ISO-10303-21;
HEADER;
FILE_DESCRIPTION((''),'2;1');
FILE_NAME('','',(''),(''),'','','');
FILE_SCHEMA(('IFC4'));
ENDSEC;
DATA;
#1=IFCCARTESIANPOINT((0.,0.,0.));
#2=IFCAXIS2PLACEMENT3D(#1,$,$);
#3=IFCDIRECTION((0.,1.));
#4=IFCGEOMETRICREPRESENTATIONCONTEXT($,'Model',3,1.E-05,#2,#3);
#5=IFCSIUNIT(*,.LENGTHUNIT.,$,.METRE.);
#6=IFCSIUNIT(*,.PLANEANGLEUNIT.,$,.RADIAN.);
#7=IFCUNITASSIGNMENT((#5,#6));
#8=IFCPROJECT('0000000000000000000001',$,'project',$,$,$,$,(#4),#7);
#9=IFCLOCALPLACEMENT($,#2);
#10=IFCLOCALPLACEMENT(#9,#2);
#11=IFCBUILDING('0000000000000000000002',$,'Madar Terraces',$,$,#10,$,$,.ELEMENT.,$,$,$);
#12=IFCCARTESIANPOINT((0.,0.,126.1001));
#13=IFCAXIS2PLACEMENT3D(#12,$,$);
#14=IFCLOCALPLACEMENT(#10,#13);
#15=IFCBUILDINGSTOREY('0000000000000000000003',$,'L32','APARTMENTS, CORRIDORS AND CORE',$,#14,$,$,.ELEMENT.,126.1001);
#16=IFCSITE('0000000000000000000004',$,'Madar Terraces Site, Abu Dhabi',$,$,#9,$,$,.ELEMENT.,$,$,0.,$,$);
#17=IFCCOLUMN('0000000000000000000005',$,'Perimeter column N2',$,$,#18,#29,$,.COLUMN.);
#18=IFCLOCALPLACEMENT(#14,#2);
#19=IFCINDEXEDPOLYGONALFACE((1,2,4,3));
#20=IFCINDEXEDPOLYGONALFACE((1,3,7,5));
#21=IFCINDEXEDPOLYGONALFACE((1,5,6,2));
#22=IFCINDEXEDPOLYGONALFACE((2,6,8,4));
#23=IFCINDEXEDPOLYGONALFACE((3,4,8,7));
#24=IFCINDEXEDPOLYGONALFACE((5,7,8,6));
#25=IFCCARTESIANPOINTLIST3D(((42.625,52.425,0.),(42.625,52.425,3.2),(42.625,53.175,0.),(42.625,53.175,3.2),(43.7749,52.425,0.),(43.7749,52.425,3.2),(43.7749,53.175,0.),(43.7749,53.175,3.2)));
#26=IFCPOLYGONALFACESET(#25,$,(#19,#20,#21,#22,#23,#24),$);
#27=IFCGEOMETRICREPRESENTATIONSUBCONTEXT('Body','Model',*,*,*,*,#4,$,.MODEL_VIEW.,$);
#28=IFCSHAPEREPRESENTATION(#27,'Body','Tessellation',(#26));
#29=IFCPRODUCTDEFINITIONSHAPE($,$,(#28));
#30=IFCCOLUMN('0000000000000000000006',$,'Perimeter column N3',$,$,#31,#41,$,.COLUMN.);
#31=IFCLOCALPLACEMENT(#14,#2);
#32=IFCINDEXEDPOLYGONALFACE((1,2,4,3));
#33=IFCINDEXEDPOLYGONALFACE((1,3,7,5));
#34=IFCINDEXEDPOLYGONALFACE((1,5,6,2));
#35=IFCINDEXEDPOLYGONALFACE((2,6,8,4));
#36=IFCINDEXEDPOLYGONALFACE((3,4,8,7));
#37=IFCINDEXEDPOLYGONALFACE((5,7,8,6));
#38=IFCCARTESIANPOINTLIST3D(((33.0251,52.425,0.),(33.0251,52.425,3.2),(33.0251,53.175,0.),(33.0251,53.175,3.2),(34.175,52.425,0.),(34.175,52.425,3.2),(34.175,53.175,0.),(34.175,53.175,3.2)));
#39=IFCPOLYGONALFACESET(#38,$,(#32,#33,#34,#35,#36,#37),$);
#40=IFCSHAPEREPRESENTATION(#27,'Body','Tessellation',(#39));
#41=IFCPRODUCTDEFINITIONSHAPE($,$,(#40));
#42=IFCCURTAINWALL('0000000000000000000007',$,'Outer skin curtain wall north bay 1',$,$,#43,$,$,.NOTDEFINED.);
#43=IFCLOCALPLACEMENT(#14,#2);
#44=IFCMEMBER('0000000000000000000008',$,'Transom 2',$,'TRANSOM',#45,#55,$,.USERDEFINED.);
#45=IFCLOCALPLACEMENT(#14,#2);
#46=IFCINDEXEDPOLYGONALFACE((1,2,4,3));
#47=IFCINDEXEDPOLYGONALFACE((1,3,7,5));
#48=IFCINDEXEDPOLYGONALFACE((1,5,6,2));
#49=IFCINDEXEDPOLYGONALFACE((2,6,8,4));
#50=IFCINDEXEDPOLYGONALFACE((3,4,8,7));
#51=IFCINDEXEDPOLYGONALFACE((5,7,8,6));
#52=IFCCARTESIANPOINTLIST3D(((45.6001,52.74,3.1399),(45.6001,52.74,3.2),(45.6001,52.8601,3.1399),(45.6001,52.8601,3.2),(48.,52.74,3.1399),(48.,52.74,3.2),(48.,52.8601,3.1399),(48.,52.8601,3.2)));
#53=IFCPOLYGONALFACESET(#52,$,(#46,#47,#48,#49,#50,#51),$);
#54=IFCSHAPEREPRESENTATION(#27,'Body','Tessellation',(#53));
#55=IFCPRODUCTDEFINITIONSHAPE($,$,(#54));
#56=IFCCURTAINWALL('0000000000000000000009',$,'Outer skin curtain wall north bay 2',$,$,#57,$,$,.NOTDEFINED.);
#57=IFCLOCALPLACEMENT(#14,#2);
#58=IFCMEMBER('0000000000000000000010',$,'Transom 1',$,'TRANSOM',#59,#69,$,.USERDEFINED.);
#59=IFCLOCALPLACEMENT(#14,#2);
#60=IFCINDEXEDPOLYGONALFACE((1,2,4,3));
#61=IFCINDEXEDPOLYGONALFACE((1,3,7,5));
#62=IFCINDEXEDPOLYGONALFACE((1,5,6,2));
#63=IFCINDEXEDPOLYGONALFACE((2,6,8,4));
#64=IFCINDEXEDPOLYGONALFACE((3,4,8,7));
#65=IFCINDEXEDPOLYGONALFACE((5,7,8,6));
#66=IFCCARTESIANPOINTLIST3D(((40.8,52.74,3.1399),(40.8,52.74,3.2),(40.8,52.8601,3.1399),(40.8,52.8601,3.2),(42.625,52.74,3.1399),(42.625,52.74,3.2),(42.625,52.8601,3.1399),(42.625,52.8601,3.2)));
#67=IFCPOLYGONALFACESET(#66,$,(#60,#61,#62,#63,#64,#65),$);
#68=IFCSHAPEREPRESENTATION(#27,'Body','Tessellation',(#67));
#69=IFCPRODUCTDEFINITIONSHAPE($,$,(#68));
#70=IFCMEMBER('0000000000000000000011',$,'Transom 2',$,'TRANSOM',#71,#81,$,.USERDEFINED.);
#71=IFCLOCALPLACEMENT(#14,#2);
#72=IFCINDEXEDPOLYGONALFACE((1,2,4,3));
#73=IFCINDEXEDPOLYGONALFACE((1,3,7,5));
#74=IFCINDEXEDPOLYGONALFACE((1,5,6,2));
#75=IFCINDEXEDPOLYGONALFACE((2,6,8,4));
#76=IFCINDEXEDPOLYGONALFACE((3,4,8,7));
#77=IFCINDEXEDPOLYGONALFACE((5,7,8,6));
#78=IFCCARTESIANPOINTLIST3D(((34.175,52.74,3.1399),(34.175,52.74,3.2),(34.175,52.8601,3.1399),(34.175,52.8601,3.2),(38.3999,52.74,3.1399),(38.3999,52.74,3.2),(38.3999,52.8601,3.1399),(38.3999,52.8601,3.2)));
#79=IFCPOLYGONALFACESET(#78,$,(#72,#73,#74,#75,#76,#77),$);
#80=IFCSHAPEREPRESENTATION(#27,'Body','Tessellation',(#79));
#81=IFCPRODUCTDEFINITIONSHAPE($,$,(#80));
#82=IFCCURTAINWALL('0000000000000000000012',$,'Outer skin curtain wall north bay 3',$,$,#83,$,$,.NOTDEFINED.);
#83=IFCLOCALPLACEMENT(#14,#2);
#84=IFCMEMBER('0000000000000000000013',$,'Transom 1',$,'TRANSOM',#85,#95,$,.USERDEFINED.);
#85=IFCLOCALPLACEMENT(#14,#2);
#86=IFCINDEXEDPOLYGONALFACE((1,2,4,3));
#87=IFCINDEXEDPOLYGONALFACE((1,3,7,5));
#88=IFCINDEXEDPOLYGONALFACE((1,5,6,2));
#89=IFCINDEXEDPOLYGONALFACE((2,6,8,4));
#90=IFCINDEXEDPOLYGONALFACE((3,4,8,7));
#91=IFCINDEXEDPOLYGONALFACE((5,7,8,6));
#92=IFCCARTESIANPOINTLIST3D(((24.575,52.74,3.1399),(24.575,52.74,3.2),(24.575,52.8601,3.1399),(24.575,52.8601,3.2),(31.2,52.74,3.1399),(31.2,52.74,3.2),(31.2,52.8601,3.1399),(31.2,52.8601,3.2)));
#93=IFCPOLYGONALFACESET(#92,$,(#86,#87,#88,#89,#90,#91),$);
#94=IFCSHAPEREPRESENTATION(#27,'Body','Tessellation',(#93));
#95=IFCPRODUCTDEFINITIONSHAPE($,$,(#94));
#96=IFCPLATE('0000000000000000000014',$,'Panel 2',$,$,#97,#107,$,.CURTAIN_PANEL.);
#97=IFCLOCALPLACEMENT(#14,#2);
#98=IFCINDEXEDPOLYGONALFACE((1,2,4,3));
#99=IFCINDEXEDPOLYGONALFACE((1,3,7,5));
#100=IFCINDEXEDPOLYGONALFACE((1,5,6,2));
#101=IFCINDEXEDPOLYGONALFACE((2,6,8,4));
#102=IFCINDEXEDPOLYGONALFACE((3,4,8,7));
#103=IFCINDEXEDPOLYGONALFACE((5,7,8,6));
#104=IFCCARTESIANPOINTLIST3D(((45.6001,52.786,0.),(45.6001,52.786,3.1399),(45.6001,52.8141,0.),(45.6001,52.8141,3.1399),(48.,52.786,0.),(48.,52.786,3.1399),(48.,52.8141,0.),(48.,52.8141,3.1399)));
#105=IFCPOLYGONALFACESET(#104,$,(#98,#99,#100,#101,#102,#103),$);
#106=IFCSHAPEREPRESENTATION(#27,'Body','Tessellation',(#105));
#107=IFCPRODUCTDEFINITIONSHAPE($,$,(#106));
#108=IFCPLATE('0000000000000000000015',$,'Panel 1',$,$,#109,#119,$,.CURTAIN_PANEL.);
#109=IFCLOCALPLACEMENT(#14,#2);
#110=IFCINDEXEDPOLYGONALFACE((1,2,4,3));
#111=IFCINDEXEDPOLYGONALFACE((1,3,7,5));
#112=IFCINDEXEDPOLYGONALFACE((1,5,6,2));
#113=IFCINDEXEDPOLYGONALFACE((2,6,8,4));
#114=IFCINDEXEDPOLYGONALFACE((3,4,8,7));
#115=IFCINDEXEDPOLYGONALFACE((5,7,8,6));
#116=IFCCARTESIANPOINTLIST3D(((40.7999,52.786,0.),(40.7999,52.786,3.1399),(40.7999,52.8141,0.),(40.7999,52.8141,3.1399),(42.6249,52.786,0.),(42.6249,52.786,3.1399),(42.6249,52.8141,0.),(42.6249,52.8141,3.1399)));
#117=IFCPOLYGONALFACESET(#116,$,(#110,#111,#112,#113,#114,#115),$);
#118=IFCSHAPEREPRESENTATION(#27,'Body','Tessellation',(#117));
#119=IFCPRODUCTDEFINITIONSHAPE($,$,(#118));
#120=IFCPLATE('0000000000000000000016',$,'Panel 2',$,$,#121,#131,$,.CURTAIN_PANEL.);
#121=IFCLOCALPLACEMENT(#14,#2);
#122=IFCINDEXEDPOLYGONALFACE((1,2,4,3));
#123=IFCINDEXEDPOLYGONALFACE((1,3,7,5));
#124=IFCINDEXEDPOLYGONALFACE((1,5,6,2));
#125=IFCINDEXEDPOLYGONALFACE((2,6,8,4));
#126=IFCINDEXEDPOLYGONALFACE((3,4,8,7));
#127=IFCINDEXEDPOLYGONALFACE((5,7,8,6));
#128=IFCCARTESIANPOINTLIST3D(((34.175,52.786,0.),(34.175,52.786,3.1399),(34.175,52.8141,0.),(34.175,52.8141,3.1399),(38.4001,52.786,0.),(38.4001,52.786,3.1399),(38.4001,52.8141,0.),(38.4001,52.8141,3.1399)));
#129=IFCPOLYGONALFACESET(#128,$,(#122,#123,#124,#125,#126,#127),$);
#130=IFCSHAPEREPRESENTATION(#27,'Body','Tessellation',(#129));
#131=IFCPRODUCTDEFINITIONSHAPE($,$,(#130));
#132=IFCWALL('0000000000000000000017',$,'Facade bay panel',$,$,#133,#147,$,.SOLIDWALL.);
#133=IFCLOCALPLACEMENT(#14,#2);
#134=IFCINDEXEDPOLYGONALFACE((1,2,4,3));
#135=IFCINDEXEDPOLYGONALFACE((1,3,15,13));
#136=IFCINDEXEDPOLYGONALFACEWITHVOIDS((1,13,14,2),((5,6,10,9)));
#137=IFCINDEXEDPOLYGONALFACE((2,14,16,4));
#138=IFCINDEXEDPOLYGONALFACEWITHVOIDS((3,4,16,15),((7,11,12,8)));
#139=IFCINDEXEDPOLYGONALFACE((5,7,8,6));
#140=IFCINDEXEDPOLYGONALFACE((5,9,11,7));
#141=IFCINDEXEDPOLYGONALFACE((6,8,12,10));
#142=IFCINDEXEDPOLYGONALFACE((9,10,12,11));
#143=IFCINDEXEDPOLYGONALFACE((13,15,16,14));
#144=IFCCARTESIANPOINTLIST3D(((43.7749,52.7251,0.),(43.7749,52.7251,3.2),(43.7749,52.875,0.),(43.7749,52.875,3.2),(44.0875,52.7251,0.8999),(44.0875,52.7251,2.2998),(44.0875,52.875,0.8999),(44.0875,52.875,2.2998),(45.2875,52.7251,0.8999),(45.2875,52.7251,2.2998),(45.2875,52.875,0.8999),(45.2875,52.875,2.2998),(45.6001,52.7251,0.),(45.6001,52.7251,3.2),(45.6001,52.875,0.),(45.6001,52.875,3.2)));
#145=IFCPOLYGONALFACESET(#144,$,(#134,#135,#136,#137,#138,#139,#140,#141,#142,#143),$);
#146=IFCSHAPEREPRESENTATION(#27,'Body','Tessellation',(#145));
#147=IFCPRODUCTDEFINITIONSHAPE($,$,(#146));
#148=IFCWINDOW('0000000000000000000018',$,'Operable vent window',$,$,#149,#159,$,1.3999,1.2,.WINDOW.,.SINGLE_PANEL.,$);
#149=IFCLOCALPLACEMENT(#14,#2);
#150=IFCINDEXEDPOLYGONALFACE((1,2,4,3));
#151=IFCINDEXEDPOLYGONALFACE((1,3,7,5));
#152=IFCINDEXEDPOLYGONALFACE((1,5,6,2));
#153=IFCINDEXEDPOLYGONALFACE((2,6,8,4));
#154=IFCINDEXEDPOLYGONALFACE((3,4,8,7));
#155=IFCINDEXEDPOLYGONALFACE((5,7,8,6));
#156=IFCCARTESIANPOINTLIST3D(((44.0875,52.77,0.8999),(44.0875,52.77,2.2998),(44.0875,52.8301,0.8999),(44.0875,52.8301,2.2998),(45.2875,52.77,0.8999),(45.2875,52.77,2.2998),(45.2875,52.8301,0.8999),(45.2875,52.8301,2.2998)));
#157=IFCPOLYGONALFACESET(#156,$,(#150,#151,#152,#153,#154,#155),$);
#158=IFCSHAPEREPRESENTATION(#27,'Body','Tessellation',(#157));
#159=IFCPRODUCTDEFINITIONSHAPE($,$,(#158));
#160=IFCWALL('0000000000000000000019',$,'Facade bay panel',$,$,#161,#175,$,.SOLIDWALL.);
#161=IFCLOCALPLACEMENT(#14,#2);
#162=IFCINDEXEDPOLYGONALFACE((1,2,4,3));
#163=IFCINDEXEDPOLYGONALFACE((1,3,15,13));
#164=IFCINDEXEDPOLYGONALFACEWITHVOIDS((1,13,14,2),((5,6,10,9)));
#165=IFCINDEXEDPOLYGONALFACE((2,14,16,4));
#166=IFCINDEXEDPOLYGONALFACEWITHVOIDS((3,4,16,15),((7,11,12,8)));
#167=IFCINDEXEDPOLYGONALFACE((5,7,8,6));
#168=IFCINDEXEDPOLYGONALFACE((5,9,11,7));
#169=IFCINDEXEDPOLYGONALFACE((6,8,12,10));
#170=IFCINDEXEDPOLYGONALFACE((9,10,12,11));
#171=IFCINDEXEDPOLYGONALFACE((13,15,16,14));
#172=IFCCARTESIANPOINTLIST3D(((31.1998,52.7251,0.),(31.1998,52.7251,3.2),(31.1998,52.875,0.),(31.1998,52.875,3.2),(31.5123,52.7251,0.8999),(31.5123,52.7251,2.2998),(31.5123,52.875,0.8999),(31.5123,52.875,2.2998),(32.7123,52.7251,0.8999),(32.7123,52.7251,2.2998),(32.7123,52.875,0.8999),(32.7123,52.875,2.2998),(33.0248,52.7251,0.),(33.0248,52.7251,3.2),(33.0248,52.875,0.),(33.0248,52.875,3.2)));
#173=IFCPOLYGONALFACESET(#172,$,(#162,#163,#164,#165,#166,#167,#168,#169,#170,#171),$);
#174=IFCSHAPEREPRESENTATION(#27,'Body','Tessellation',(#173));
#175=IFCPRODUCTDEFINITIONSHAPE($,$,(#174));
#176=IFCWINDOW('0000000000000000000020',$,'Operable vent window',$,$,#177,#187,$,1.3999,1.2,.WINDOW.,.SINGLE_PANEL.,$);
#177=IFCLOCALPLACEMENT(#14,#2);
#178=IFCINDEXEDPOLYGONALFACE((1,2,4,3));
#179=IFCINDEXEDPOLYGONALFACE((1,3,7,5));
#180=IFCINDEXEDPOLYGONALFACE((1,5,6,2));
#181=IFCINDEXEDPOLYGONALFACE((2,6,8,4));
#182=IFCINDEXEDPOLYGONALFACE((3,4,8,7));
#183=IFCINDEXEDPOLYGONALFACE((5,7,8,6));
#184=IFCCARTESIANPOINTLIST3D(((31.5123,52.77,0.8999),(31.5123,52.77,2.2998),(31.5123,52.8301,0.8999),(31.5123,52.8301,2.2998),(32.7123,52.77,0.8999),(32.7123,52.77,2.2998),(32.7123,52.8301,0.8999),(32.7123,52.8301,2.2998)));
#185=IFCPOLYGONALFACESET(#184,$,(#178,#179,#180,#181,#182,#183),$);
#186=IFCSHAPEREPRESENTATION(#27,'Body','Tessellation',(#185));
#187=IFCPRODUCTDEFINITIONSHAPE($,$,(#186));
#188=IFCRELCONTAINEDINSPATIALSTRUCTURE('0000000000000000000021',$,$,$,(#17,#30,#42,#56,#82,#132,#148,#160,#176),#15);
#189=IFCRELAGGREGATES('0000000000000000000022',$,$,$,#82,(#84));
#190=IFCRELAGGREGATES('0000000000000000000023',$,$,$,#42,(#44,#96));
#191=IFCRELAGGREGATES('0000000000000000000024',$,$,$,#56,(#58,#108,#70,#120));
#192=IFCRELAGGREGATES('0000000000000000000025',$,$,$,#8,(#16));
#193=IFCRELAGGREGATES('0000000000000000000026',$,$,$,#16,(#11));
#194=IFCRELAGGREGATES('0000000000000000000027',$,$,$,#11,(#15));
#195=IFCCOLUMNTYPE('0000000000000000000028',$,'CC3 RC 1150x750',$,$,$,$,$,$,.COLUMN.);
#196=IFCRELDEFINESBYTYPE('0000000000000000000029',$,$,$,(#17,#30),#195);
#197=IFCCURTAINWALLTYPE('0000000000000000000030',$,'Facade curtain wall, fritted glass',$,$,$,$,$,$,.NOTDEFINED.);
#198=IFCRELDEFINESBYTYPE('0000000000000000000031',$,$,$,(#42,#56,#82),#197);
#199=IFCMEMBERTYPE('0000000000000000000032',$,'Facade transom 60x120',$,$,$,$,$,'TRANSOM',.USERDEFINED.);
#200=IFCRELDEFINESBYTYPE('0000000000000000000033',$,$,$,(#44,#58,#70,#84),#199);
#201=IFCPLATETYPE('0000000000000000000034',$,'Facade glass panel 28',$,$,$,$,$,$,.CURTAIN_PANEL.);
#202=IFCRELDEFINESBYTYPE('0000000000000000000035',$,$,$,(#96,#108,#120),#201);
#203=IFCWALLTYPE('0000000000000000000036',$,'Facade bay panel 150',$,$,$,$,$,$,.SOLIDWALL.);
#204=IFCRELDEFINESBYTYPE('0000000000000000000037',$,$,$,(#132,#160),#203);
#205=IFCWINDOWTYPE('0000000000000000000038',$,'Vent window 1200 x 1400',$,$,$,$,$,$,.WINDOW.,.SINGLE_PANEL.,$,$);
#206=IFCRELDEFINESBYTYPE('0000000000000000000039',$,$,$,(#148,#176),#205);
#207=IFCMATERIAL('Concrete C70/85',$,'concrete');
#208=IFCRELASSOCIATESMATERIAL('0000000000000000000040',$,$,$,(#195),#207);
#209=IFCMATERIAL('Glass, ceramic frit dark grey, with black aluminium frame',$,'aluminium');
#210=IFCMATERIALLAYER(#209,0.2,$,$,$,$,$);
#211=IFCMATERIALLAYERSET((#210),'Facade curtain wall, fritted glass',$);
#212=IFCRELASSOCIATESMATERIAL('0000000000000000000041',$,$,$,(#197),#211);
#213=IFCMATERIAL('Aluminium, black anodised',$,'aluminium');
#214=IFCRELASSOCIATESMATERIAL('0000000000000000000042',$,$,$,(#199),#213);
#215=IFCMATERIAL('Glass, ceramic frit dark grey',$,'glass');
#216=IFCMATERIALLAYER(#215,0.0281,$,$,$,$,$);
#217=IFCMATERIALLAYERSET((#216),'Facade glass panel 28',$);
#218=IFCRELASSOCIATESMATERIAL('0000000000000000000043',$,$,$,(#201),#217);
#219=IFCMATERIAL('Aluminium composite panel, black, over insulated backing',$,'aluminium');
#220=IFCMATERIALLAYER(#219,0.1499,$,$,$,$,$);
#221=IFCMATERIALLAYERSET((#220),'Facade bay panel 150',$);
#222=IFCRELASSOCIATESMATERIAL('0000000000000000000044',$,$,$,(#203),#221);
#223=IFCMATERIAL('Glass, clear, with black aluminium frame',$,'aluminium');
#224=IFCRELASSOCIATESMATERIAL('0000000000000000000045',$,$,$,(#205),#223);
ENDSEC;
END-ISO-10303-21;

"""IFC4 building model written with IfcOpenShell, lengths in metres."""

from ifc_helpers import new_model, si_unit, direction, frame, frame_2d, origin, origin_2d, place, context, subcontext, project, spatial, rectangle, extrude, material, layer, layer_set, material_profile, profile_set, type_object, element, fill, aggregate, save


model = new_model("IFC4")

# Units and contexts
model_context = context("Model", 3, precision=1e-05, world=origin(), true_north=direction((0.0, 1.0)))
body_context = subcontext(model_context, "Body", "Model", "MODEL_VIEW")
ifc_project = project(units=[si_unit("LENGTHUNIT", "METRE"), si_unit("PLANEANGLEUNIT", "RADIAN")], contexts=[model_context])

# Site, building, storey
site_placement = place(None, origin())
site = spatial("IfcSite", under=ifc_project, at=site_placement, Name="Madar Terraces Site, Abu Dhabi", CompositionType="ELEMENT", RefElevation=0.0)
building_placement = place(site_placement, origin())
building = spatial("IfcBuilding", under=site, at=building_placement, Name="Madar Terraces", CompositionType="ELEMENT")
storey_placement = place(building_placement, frame((0.0, 0.0, 126.1001)))
storey = spatial("IfcBuildingStorey", under=building, at=storey_placement, Name="L32", Description="APARTMENTS, CORRIDORS AND CORE", CompositionType="ELEMENT", Elevation=126.1001)

# Columns
ifc_material_1 = material(Name="Concrete C70/85", Category="concrete")
ifc_material_profile_1 = material_profile(ifc_material_1, rectangle(XDim=1.1499, YDim=0.75, at=origin_2d()), Name="CC3 RC 1150x750")
ifc_profile_set_1 = profile_set([ifc_material_profile_1], Name="Concrete C70/85")
column_type = type_object("IfcColumnType", Name="CC3 RC 1150x750", PredefinedType="COLUMN", material=ifc_profile_set_1)
for number, where, z_axis, x_axis, name in (
    (1, (43.2, 52.8, 0.0), (0.0, 0.0, 1.0), (1.0, 0.0, 0.0), "Perimeter column N2"),
    (2, (33.6001, 52.8, 0.0), (0.0, 0.0, 1.0), (1.0, 0.0, 0.0), "Perimeter column N3"),
):
    element("IfcColumn", number, at=place(storey_placement, frame(where, z_axis=z_axis, x_axis=x_axis)), inside=storey, type_object=column_type, Name=name, PredefinedType="COLUMN", context=body_context, shape_type="SweptSolid", body=[
        extrude(rectangle(XDim=1.1499, YDim=0.75, at=origin_2d()), origin(), (0.0, 0.0, 1.0), 3.2),
    ])

# Curtain wall, member
ifc_material_2 = material(Name="Glass, ceramic frit dark grey, with black aluminium frame", Category="aluminium")
ifc_layer_1 = layer(ifc_material_2, 0.2)
ifc_layer_set_1 = layer_set([ifc_layer_1], Name="Facade curtain wall, fritted glass")
curtain_wall_type = type_object("IfcCurtainWallType", Name="Facade curtain wall, fritted glass", PredefinedType="NOTDEFINED", material=ifc_layer_set_1)
curtain_wall_1_placement = place(storey_placement, origin())
curtain_wall_1 = element("IfcCurtainWall", 3, at=curtain_wall_1_placement, inside=storey, type_object=curtain_wall_type, Name="Outer skin curtain wall north bay 1", PredefinedType="NOTDEFINED")
ifc_material_3 = material(Name="Aluminium, black anodised", Category="aluminium")
ifc_material_profile_2 = material_profile(ifc_material_3, rectangle(XDim=0.1201, YDim=0.0601, at=origin_2d()), Name="Facade transom 60x120")
ifc_profile_set_2 = profile_set([ifc_material_profile_2], Name="Aluminium, black anodised")
member_type = type_object("IfcMemberType", Name="Facade transom 60x120", ElementType="TRANSOM", PredefinedType="USERDEFINED", material=ifc_profile_set_2)
member_1_placement = place(storey_placement, frame((48.0, 52.8, 3.1699), z_axis=(-1.0, 0.0, 0.0), x_axis=(0.0, -1.0, 0.0)))
member_1 = element("IfcMember", 4, at=member_1_placement, type_object=member_type, Name="Transom 2", ObjectType="TRANSOM", PredefinedType="USERDEFINED", context=body_context, shape_type="SweptSolid", body=[
    extrude(rectangle(XDim=0.1201, YDim=0.0601, at=origin_2d()), origin(), (0.0, 0.0, 1.0), 2.3999),
])

# Curtain wall, members
curtain_wall_2_placement = place(storey_placement, origin())
curtain_wall_2 = element("IfcCurtainWall", 5, at=curtain_wall_2_placement, inside=storey, type_object=curtain_wall_type, Name="Outer skin curtain wall north bay 2", PredefinedType="NOTDEFINED")
member_2_placement = place(storey_placement, frame((42.625, 52.8, 3.1699), z_axis=(-1.0, 0.0, 0.0), x_axis=(0.0, -1.0, 0.0)))
member_2 = element("IfcMember", 6, at=member_2_placement, type_object=member_type, Name="Transom 1", ObjectType="TRANSOM", PredefinedType="USERDEFINED", context=body_context, shape_type="SweptSolid", body=[
    extrude(rectangle(XDim=0.1201, YDim=0.0601, at=origin_2d()), origin(), (0.0, 0.0, 1.0), 1.825),
])
member_3_placement = place(storey_placement, frame((38.3999, 52.8, 3.1699), z_axis=(-1.0, 0.0, 0.0), x_axis=(0.0, -1.0, 0.0)))
member_3 = element("IfcMember", 7, at=member_3_placement, type_object=member_type, Name="Transom 2", ObjectType="TRANSOM", PredefinedType="USERDEFINED", context=body_context, shape_type="SweptSolid", body=[
    extrude(rectangle(XDim=0.1201, YDim=0.0601, at=origin_2d()), origin(), (0.0, 0.0, 1.0), 4.2249),
])

# Curtain wall, member
curtain_wall_3_placement = place(storey_placement, origin())
curtain_wall_3 = element("IfcCurtainWall", 8, at=curtain_wall_3_placement, inside=storey, type_object=curtain_wall_type, Name="Outer skin curtain wall north bay 3", PredefinedType="NOTDEFINED")
member_4_placement = place(storey_placement, frame((31.2, 52.8, 3.1699), z_axis=(-1.0, 0.0, 0.0), x_axis=(0.0, -1.0, 0.0)))
member_4 = element("IfcMember", 9, at=member_4_placement, type_object=member_type, Name="Transom 1", ObjectType="TRANSOM", PredefinedType="USERDEFINED", context=body_context, shape_type="SweptSolid", body=[
    extrude(rectangle(XDim=0.1201, YDim=0.0601, at=origin_2d()), origin(), (0.0, 0.0, 1.0), 6.625),
])
aggregate(curtain_wall_3, [member_4])

# Plates
ifc_material_4 = material(Name="Glass, ceramic frit dark grey", Category="glass")
ifc_layer_2 = layer(ifc_material_4, 0.0281)
ifc_layer_set_2 = layer_set([ifc_layer_2], Name="Facade glass panel 28")
plate_type = type_object("IfcPlateType", Name="Facade glass panel 28", PredefinedType="CURTAIN_PANEL", material=ifc_layer_set_2)
plate_1_placement = place(storey_placement, frame((46.8, 52.8, 0.0), z_axis=(0.0, 0.0, 1.0), x_axis=(-1.0, 0.0, 0.0)))
plate_1 = element("IfcPlate", 10, at=plate_1_placement, type_object=plate_type, Name="Panel 2", PredefinedType="CURTAIN_PANEL", context=body_context, shape_type="SweptSolid", body=[
    extrude(rectangle(XDim=2.3999, YDim=0.0281, at=origin_2d()), origin(), (0.0, 0.0, 1.0), 3.1399),
])
aggregate(curtain_wall_1, [member_1, plate_1])
plate_2_placement = place(storey_placement, frame((41.7124, 52.8, 0.0), z_axis=(0.0, 0.0, 1.0), x_axis=(-1.0, 0.0, 0.0)))
plate_2 = element("IfcPlate", 11, at=plate_2_placement, type_object=plate_type, Name="Panel 1", PredefinedType="CURTAIN_PANEL", context=body_context, shape_type="SweptSolid", body=[
    extrude(rectangle(XDim=1.825, YDim=0.0281, at=origin_2d()), origin(), (0.0, 0.0, 1.0), 3.1399),
])
plate_3_placement = place(storey_placement, frame((36.2876, 52.8, 0.0), z_axis=(0.0, 0.0, 1.0), x_axis=(-1.0, 0.0, 0.0)))
plate_3 = element("IfcPlate", 12, at=plate_3_placement, type_object=plate_type, Name="Panel 2", PredefinedType="CURTAIN_PANEL", context=body_context, shape_type="SweptSolid", body=[
    extrude(rectangle(XDim=4.2251, YDim=0.0281, at=origin_2d()), origin(), (0.0, 0.0, 1.0), 3.1399),
])
aggregate(curtain_wall_2, [member_2, plate_2, member_3, plate_3])

# Wall, opening, window
ifc_material_5 = material(Name="Aluminium composite panel, black, over insulated backing", Category="aluminium")
ifc_layer_3 = layer(ifc_material_5, 0.1499)
ifc_layer_set_3 = layer_set([ifc_layer_3], Name="Facade bay panel 150")
wall_type_1 = type_object("IfcWallType", Name="Facade bay panel 150", PredefinedType="SOLIDWALL", material=ifc_layer_set_3)
wall_1_placement = place(storey_placement, frame((45.6001, 52.8, 0.0), z_axis=(0.0, 0.0, 1.0), x_axis=(-1.0, 0.0, 0.0)))
wall_1 = element("IfcWall", 13, at=wall_1_placement, inside=storey, type_object=wall_type_1, Name="Facade bay panel", PredefinedType="SOLIDWALL", context=body_context, shape_type="SweptSolid", body=[
    extrude(rectangle(XDim=1.8252, YDim=0.1499, at=frame_2d((0.9126, 0.0))), origin(), (0.0, 0.0, 1.0), 3.2),
])
opening_1_placement = place(wall_1_placement, frame((0.3125, 0.0, 0.8999)))
opening_1 = element("IfcOpeningElement", 14, at=opening_1_placement, cuts=wall_1, PredefinedType="OPENING", context=body_context, shape_type="SweptSolid", body=[
    extrude(rectangle(XDim=1.2, YDim=1.3999, at=frame_2d((0.6001, 0.7))), frame((0.0, 0.085, 0.0), z_axis=(0.0, -1.0, 0.0), x_axis=(1.0, 0.0, 0.0)), (0.0, 0.0, 1.0), 0.1699),
])
ifc_material_6 = material(Name="Glass, clear, with black aluminium frame", Category="aluminium")
window_type = type_object("IfcWindowType", Name="Vent window 1200 x 1400", PartitioningType="SINGLE_PANEL", PredefinedType="WINDOW", material=ifc_material_6)
window_1_placement = place(opening_1_placement, origin())
window_1 = element("IfcWindow", 15, at=window_1_placement, inside=storey, type_object=window_type, Name="Operable vent window", OverallHeight=1.3999, OverallWidth=1.2, PartitioningType="SINGLE_PANEL", PredefinedType="WINDOW", context=body_context, shape_type="SweptSolid", body=[
    extrude(rectangle(XDim=1.2, YDim=1.3999, at=frame_2d((0.6001, 0.7))), frame((0.0, 0.03, 0.0), z_axis=(0.0, -1.0, 0.0), x_axis=(1.0, 0.0, 0.0)), (0.0, 0.0, 1.0), 0.0601),
])
fill(opening_1, window_1)

# Wall, opening, window
wall_2_placement = place(storey_placement, frame((33.0249, 52.8, 0.0), z_axis=(0.0, 0.0, 1.0), x_axis=(-1.0, 0.0, 0.0)))
wall_2 = element("IfcWall", 16, at=wall_2_placement, inside=storey, type_object=wall_type_1, Name="Facade bay panel", PredefinedType="SOLIDWALL", context=body_context, shape_type="SweptSolid", body=[
    extrude(rectangle(XDim=1.825, YDim=0.1499, at=frame_2d((0.9126, 0.0))), origin(), (0.0, 0.0, 1.0), 3.2),
])
opening_2_placement = place(wall_2_placement, frame((0.3125, 0.0, 0.8999)))
opening_2 = element("IfcOpeningElement", 17, at=opening_2_placement, cuts=wall_2, PredefinedType="OPENING", context=body_context, shape_type="SweptSolid", body=[
    extrude(rectangle(XDim=1.2, YDim=1.3999, at=frame_2d((0.6001, 0.7))), frame((0.0, 0.085, 0.0), z_axis=(0.0, -1.0, 0.0), x_axis=(1.0, 0.0, 0.0)), (0.0, 0.0, 1.0), 0.1699),
])
window_2_placement = place(opening_2_placement, origin())
window_2 = element("IfcWindow", 18, at=window_2_placement, inside=storey, type_object=window_type, Name="Operable vent window", OverallHeight=1.3999, OverallWidth=1.2, PartitioningType="SINGLE_PANEL", PredefinedType="WINDOW", context=body_context, shape_type="SweptSolid", body=[
    extrude(rectangle(XDim=1.2, YDim=1.3999, at=frame_2d((0.6001, 0.7))), frame((0.0, 0.03, 0.0), z_axis=(0.0, -1.0, 0.0), x_axis=(1.0, 0.0, 0.0)), (0.0, 0.0, 1.0), 0.0601),
])
fill(opening_2, window_2)

save(model, "model.ifc")
